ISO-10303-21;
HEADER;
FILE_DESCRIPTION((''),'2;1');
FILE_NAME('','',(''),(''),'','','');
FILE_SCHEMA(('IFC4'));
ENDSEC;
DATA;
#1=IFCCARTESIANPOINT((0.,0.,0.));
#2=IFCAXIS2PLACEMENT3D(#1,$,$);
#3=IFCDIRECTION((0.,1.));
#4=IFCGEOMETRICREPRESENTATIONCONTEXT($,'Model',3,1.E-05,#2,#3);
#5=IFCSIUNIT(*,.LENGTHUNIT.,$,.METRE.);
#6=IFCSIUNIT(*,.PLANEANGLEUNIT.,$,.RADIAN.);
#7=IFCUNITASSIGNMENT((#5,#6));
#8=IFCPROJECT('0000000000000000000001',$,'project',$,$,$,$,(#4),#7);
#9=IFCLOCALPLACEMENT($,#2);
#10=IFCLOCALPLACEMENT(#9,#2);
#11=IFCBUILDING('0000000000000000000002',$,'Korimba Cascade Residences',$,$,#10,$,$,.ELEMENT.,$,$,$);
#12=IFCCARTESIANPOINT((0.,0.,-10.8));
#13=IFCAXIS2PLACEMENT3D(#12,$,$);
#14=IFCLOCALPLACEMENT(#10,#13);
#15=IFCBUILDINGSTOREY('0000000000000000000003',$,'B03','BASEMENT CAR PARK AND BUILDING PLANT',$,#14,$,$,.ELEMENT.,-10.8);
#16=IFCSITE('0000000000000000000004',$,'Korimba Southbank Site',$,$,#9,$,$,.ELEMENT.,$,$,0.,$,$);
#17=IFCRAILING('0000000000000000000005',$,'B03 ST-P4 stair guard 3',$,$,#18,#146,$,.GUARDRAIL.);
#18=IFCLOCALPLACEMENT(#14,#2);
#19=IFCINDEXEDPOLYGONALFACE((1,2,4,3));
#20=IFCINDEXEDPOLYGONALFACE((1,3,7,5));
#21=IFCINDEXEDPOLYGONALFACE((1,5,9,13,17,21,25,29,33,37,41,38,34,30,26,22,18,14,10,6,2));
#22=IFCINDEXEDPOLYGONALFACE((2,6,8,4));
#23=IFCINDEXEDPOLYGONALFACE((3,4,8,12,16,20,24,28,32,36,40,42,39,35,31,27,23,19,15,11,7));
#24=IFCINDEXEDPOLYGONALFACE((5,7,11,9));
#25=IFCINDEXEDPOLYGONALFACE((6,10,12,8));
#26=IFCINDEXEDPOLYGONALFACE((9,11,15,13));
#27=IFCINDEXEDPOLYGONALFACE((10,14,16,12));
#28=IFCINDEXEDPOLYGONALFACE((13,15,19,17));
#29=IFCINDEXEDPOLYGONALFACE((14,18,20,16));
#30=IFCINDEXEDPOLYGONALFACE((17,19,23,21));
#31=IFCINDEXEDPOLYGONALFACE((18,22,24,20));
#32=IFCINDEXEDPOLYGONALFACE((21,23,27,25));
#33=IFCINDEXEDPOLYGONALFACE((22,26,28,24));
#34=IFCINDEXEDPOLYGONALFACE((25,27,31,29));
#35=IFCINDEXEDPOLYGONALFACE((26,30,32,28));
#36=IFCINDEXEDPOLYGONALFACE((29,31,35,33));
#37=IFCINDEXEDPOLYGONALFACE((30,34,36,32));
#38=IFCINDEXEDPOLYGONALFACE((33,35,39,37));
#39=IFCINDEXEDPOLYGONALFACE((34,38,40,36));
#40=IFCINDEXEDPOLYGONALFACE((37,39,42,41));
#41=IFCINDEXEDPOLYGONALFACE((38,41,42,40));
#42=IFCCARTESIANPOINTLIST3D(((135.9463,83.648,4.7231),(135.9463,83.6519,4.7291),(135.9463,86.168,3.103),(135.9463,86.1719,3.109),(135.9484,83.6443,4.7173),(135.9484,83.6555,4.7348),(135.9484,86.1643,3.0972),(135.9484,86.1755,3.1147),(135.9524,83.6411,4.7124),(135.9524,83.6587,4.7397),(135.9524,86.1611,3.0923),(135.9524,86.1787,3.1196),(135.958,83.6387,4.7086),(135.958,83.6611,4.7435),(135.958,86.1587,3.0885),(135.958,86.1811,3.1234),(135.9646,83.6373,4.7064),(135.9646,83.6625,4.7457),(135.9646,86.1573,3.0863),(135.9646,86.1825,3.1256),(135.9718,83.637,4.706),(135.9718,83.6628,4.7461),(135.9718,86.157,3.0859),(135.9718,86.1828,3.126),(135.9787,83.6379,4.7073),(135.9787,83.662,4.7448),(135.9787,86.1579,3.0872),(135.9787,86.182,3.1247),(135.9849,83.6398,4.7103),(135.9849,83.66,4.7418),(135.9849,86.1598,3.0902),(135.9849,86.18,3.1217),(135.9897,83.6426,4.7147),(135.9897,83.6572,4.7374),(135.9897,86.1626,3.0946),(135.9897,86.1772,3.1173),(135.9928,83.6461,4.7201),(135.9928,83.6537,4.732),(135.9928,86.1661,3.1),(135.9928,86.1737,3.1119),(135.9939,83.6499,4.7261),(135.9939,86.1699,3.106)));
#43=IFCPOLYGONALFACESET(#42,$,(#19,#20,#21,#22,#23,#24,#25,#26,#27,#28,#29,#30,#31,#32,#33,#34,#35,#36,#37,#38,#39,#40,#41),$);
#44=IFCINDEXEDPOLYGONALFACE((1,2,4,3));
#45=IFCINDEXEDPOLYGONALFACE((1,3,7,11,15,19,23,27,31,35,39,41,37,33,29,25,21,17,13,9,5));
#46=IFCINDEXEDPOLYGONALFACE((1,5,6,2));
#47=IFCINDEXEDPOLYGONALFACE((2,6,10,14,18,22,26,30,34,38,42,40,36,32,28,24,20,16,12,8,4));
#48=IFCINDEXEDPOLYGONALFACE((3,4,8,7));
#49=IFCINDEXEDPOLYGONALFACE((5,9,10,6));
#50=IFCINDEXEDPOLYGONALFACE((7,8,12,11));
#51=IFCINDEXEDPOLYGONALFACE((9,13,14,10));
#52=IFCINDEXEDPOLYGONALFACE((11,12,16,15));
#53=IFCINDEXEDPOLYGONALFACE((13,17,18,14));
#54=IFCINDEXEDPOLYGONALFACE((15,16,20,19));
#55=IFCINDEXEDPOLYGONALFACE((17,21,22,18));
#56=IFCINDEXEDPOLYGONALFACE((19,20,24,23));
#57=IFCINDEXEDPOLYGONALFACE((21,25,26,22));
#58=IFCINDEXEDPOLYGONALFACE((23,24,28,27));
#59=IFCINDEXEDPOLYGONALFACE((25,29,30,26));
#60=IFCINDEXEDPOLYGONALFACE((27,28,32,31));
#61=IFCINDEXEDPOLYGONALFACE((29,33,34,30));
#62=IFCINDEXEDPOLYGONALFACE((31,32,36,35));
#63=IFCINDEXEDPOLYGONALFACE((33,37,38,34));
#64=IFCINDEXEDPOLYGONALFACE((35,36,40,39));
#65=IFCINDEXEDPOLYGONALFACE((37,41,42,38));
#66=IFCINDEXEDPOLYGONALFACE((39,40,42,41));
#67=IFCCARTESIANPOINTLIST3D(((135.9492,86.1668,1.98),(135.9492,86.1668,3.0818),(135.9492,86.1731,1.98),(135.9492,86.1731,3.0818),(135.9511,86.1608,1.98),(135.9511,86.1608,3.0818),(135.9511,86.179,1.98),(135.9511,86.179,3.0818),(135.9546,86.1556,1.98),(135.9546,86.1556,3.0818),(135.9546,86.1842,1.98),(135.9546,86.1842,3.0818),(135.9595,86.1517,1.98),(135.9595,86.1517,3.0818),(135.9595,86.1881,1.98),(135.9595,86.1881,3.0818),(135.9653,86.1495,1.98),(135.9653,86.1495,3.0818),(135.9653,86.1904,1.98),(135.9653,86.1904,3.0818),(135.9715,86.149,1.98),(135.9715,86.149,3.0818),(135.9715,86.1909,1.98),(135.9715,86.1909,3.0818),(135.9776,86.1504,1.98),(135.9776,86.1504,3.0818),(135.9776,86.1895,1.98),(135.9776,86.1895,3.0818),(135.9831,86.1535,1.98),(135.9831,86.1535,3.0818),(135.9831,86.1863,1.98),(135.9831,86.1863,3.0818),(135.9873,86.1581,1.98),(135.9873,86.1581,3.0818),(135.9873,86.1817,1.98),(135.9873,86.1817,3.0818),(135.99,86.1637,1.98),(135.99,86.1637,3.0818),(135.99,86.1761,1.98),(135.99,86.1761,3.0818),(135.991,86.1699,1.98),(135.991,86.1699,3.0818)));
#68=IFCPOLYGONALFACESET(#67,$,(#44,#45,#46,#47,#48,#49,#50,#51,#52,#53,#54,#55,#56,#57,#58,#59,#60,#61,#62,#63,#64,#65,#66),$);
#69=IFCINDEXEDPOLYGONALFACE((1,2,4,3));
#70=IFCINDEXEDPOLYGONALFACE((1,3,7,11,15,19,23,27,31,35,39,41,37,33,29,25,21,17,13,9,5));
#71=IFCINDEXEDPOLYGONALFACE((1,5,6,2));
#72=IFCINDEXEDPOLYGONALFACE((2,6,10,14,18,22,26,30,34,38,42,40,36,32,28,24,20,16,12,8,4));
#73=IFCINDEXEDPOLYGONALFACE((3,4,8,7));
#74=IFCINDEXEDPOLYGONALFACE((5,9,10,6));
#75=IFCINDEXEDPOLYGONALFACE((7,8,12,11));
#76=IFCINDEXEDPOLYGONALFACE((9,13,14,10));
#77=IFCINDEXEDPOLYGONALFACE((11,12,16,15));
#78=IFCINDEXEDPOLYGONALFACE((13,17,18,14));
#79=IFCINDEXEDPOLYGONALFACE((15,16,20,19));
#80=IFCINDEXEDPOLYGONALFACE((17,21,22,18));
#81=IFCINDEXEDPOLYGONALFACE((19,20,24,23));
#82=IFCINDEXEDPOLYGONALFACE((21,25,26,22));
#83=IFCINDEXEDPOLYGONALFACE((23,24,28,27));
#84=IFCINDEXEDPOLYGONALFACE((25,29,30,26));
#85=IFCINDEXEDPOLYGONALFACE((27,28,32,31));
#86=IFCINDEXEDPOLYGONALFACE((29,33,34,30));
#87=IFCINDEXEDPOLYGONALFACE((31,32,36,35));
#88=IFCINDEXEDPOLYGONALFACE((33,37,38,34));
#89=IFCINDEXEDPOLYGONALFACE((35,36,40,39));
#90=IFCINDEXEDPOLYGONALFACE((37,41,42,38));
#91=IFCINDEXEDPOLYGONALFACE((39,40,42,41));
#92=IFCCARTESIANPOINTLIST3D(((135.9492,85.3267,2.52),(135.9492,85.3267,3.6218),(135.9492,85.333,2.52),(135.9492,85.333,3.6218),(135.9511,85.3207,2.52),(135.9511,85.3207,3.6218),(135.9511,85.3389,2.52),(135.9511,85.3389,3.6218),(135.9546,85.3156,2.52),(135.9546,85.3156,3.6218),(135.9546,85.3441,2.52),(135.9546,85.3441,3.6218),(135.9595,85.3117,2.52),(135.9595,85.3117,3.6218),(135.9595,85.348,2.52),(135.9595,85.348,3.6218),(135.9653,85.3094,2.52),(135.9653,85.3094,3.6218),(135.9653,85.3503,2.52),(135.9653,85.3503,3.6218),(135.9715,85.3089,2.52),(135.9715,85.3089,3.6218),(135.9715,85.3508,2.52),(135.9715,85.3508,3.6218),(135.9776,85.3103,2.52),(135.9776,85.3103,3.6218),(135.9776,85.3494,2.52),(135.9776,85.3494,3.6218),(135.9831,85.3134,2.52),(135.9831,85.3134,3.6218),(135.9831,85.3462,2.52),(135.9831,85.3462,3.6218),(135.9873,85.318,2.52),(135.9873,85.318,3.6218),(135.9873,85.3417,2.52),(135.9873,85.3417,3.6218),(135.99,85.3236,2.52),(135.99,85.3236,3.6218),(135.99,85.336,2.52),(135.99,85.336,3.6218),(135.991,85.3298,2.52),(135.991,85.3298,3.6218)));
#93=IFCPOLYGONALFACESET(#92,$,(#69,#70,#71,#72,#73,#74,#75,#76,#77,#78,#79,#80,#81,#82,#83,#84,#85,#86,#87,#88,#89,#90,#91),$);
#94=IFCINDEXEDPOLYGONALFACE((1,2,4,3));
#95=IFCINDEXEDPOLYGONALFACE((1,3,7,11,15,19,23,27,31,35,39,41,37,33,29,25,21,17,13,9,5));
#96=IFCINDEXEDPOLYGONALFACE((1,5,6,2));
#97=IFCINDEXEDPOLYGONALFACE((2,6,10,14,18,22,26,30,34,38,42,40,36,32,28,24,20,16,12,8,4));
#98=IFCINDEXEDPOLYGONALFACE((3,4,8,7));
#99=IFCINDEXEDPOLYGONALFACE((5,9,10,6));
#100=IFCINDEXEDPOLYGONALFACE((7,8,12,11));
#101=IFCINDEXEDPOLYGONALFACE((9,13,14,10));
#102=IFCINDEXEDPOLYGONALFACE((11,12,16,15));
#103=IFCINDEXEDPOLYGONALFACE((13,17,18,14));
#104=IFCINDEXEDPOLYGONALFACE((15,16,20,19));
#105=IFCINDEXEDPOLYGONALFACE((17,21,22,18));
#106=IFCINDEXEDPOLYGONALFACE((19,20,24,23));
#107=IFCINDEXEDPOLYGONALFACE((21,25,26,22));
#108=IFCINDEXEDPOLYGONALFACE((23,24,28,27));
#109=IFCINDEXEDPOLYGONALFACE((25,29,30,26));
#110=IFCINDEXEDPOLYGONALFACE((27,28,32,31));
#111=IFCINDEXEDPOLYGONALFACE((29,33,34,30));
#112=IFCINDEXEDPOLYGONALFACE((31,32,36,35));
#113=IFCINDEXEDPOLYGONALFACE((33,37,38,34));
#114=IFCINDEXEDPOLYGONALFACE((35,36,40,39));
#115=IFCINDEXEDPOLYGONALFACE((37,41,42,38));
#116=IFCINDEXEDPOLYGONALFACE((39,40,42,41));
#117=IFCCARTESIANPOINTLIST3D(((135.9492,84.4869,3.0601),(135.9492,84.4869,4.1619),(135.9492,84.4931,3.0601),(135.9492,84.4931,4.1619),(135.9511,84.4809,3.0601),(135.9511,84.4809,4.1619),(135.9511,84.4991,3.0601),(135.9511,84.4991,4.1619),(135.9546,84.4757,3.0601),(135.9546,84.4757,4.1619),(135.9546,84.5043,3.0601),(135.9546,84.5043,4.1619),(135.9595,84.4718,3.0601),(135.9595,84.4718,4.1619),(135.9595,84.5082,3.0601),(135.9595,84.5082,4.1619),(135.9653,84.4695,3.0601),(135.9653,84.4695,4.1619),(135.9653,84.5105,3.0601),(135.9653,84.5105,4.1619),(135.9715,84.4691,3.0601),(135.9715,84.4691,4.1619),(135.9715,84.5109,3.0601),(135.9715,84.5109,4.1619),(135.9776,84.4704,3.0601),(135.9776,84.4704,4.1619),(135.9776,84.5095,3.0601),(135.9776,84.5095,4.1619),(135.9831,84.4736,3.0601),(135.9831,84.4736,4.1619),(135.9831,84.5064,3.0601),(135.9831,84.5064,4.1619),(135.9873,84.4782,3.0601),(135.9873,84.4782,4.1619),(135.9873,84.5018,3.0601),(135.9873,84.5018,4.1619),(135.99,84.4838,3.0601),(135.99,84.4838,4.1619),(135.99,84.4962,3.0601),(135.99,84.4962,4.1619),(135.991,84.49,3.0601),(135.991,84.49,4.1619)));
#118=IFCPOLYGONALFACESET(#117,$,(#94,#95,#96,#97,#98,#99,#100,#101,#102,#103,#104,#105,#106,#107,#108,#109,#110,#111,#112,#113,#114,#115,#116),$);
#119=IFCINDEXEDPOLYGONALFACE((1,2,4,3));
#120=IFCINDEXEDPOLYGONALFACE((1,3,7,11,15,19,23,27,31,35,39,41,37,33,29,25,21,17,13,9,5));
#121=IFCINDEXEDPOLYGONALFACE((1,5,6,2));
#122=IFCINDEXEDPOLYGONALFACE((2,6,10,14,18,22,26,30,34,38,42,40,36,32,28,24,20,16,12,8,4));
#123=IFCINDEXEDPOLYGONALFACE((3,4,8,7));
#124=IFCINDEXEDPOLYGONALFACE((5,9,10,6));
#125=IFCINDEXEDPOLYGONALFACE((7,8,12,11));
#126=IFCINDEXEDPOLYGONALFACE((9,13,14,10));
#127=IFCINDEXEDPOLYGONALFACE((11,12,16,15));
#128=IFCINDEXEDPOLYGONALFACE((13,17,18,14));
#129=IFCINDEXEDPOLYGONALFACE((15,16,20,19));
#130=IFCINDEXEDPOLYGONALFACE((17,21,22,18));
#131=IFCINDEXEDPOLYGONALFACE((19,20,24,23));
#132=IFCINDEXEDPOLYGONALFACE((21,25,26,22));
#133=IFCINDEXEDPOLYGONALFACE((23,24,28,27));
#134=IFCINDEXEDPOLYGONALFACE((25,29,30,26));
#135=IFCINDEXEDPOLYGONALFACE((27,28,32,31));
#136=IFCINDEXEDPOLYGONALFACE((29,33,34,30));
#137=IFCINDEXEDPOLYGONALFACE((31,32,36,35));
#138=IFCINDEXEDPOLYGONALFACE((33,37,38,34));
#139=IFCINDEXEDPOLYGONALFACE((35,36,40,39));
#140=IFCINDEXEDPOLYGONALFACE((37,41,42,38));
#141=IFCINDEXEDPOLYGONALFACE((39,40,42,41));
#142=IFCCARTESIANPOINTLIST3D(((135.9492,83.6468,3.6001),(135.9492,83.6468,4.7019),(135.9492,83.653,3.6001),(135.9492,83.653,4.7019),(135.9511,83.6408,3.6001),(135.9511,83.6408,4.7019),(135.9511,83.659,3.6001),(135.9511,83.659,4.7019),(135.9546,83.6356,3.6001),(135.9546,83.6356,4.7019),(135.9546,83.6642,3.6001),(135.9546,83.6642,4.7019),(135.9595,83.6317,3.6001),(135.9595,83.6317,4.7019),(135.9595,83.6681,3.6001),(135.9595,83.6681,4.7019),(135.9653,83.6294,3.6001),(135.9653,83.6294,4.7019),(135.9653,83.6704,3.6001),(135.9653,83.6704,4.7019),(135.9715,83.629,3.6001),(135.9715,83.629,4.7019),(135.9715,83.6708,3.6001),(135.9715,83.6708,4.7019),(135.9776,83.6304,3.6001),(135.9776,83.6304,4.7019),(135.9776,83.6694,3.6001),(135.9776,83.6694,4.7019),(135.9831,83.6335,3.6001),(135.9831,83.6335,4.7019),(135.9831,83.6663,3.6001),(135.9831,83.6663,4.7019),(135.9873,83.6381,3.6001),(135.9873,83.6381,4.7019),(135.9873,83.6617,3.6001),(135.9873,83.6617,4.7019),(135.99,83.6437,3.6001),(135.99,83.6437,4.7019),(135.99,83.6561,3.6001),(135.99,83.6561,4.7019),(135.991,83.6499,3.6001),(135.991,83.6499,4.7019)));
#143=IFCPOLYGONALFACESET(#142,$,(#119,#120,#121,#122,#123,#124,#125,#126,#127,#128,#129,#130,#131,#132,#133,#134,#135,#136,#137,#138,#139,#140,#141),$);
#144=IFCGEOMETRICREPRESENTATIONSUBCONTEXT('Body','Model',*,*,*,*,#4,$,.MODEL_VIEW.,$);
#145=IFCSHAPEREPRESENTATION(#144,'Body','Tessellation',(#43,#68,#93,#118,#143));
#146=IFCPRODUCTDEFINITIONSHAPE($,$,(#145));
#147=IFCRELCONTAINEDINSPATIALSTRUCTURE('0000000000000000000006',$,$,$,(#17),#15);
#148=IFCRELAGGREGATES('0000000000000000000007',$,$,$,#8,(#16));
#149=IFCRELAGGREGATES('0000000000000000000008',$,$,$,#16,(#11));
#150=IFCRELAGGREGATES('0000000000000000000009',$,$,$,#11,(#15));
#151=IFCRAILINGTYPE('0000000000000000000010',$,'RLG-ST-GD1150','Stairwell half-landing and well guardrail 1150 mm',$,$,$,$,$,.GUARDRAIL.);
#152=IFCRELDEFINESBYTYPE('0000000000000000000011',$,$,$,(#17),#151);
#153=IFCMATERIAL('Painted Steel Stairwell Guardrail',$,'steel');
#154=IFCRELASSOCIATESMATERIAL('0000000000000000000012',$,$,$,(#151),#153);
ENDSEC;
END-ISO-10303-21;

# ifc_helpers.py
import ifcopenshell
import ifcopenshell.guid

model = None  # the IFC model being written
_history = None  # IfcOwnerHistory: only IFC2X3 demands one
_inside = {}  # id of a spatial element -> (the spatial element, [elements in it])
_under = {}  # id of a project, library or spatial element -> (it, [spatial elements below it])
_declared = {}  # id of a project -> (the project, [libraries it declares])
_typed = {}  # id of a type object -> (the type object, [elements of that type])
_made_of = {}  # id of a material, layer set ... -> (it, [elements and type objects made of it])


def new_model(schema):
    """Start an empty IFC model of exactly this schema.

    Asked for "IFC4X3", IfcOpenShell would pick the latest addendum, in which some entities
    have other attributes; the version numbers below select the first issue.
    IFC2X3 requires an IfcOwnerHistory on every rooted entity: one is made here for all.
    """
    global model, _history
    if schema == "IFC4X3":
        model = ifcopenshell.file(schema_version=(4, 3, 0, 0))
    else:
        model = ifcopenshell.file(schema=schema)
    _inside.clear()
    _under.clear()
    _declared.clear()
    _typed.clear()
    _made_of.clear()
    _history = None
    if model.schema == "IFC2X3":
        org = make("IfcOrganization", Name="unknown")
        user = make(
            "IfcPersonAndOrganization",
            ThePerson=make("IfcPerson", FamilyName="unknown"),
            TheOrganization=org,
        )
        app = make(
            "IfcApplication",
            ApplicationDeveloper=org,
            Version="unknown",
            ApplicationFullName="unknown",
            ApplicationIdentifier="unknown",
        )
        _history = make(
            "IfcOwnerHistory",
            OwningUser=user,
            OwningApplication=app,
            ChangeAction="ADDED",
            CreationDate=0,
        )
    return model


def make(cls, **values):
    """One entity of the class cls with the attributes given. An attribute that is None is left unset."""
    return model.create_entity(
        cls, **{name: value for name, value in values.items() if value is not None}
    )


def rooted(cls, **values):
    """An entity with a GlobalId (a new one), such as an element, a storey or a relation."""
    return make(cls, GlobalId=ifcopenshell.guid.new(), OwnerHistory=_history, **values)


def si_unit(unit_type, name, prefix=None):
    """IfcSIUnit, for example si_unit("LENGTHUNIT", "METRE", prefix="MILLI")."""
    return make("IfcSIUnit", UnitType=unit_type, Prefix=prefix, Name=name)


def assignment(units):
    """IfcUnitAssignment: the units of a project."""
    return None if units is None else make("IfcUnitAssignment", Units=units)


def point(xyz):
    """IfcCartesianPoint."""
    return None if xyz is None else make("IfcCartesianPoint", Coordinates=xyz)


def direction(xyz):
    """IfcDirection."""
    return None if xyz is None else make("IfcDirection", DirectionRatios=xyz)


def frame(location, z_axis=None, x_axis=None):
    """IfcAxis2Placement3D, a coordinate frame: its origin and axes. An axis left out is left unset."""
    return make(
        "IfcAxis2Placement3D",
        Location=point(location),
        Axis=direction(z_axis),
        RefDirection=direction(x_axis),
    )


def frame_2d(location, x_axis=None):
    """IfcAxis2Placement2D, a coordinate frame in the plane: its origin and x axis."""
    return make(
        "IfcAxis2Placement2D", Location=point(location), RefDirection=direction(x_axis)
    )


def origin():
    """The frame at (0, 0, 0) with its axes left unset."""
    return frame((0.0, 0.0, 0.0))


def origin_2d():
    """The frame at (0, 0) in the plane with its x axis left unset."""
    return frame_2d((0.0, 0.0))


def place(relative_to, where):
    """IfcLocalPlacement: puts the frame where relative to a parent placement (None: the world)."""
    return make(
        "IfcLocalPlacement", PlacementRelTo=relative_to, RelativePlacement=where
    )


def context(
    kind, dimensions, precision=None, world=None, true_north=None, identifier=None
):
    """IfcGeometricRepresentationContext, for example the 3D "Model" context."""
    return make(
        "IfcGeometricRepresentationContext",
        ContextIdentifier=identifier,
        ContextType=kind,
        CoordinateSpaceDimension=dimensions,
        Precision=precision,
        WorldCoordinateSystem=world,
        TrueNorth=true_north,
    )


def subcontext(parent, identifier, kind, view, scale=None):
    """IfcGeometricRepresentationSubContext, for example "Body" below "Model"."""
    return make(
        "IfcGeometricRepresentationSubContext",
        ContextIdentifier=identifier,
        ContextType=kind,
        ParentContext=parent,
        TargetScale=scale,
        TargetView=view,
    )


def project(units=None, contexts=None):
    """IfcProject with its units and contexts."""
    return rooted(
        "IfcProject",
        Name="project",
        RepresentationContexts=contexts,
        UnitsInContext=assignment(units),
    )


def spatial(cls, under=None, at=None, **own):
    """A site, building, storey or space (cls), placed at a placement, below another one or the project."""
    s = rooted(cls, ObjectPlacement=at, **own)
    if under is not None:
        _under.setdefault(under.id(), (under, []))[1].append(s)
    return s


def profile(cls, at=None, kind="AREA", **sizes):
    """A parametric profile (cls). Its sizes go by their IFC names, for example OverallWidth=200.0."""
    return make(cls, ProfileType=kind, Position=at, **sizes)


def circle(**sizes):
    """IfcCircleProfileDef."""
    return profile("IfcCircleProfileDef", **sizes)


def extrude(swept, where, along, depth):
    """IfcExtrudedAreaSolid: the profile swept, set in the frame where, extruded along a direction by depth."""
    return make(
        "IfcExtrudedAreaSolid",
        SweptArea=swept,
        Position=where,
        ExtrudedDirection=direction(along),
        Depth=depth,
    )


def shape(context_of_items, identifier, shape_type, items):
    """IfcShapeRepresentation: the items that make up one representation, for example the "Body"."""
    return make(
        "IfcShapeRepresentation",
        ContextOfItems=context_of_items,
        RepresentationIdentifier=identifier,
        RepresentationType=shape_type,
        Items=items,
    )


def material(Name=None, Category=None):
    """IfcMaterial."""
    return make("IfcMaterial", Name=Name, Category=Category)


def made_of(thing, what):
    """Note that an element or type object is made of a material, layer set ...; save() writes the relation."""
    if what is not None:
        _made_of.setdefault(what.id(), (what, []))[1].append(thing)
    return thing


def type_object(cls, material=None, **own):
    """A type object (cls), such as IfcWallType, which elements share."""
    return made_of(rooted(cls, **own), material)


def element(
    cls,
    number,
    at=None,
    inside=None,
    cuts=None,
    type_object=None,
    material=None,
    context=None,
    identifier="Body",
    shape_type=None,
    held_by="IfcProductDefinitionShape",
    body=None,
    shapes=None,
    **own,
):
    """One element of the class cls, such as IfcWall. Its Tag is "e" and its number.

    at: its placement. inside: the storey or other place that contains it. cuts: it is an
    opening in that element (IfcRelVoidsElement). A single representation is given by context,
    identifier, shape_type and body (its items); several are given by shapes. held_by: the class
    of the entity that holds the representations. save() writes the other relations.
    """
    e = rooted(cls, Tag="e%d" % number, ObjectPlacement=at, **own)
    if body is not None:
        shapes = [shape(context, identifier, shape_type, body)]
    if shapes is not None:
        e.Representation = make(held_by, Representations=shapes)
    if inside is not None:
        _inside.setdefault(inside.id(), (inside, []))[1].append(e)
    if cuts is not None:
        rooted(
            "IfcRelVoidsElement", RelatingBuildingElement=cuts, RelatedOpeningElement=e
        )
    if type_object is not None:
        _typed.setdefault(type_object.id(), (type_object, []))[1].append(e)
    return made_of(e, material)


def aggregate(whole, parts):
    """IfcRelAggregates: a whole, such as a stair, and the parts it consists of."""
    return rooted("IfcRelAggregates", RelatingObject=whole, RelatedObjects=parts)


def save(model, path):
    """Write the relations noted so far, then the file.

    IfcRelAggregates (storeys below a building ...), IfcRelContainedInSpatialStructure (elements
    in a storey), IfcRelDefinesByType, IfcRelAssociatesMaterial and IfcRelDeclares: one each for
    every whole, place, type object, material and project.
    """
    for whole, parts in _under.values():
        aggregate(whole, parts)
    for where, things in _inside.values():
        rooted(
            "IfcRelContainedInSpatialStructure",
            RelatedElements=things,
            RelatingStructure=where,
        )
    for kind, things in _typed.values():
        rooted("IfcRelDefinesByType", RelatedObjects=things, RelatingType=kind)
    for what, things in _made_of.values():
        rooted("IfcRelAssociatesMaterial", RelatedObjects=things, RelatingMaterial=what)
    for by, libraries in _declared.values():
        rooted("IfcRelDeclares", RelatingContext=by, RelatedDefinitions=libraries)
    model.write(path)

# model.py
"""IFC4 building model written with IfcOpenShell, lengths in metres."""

from ifc_helpers import new_model, si_unit, direction, frame, origin, origin_2d, place, context, subcontext, project, spatial, circle, extrude, material, type_object, element, save


model = new_model("IFC4")

# Units and contexts
model_context = context("Model", 3, precision=1e-05, world=origin(), true_north=direction((0.0, 1.0)))
body_context = subcontext(model_context, "Body", "Model", "MODEL_VIEW")
ifc_project = project(units=[si_unit("LENGTHUNIT", "METRE"), si_unit("PLANEANGLEUNIT", "RADIAN")], contexts=[model_context])

# Site, building, storey
site_placement = place(None, origin())
site = spatial("IfcSite", under=ifc_project, at=site_placement, Name="Korimba Southbank Site", CompositionType="ELEMENT", RefElevation=0.0)
building_placement = place(site_placement, origin())
building = spatial("IfcBuilding", under=site, at=building_placement, Name="Korimba Cascade Residences", CompositionType="ELEMENT")
storey_placement = place(building_placement, frame((0.0, 0.0, -10.8)))
storey = spatial("IfcBuildingStorey", under=building, at=storey_placement, Name="B03", Description="BASEMENT CAR PARK AND BUILDING PLANT", CompositionType="ELEMENT", Elevation=-10.8)

# Railing
ifc_material_1 = material(Name="Painted Steel Stairwell Guardrail", Category="steel")
railing_type_1 = type_object("IfcRailingType", Name="RLG-ST-GD1150", Description="Stairwell half-landing and well guardrail 1150 mm", PredefinedType="GUARDRAIL", material=ifc_material_1)
railing_1_placement = place(storey_placement, frame((135.97, 86.1699, 1.98)))
element("IfcRailing", 1, at=railing_1_placement, inside=storey, type_object=railing_type_1, Name="B03 ST-P4 stair guard 3", PredefinedType="GUARDRAIL", context=body_context, shape_type="SweptSolid", body=[
    extrude(circle(Radius=0.0239, at=origin_2d()), frame((0.0, 0.0, 1.126), z_axis=(0.0, -0.841163, 0.540782), x_axis=(1.0, 0.0, 0.0)), (0.0, 0.0, 1.0), 2.9958),
    extrude(circle(Radius=0.021, at=origin_2d()), origin(), (0.0, 0.0, 1.0), 1.1018),
    extrude(circle(Radius=0.021, at=origin_2d()), frame((0.0, -0.8401, 0.54)), (0.0, 0.0, 1.0), 1.1018),
    extrude(circle(Radius=0.021, at=origin_2d()), frame((0.0, -1.6799, 1.0801)), (0.0, 0.0, 1.0), 1.1018),
    extrude(circle(Radius=0.021, at=origin_2d()), frame((0.0, -2.52, 1.6201)), (0.0, 0.0, 1.0), 1.1018),
])

save(model, "model.ifc")
